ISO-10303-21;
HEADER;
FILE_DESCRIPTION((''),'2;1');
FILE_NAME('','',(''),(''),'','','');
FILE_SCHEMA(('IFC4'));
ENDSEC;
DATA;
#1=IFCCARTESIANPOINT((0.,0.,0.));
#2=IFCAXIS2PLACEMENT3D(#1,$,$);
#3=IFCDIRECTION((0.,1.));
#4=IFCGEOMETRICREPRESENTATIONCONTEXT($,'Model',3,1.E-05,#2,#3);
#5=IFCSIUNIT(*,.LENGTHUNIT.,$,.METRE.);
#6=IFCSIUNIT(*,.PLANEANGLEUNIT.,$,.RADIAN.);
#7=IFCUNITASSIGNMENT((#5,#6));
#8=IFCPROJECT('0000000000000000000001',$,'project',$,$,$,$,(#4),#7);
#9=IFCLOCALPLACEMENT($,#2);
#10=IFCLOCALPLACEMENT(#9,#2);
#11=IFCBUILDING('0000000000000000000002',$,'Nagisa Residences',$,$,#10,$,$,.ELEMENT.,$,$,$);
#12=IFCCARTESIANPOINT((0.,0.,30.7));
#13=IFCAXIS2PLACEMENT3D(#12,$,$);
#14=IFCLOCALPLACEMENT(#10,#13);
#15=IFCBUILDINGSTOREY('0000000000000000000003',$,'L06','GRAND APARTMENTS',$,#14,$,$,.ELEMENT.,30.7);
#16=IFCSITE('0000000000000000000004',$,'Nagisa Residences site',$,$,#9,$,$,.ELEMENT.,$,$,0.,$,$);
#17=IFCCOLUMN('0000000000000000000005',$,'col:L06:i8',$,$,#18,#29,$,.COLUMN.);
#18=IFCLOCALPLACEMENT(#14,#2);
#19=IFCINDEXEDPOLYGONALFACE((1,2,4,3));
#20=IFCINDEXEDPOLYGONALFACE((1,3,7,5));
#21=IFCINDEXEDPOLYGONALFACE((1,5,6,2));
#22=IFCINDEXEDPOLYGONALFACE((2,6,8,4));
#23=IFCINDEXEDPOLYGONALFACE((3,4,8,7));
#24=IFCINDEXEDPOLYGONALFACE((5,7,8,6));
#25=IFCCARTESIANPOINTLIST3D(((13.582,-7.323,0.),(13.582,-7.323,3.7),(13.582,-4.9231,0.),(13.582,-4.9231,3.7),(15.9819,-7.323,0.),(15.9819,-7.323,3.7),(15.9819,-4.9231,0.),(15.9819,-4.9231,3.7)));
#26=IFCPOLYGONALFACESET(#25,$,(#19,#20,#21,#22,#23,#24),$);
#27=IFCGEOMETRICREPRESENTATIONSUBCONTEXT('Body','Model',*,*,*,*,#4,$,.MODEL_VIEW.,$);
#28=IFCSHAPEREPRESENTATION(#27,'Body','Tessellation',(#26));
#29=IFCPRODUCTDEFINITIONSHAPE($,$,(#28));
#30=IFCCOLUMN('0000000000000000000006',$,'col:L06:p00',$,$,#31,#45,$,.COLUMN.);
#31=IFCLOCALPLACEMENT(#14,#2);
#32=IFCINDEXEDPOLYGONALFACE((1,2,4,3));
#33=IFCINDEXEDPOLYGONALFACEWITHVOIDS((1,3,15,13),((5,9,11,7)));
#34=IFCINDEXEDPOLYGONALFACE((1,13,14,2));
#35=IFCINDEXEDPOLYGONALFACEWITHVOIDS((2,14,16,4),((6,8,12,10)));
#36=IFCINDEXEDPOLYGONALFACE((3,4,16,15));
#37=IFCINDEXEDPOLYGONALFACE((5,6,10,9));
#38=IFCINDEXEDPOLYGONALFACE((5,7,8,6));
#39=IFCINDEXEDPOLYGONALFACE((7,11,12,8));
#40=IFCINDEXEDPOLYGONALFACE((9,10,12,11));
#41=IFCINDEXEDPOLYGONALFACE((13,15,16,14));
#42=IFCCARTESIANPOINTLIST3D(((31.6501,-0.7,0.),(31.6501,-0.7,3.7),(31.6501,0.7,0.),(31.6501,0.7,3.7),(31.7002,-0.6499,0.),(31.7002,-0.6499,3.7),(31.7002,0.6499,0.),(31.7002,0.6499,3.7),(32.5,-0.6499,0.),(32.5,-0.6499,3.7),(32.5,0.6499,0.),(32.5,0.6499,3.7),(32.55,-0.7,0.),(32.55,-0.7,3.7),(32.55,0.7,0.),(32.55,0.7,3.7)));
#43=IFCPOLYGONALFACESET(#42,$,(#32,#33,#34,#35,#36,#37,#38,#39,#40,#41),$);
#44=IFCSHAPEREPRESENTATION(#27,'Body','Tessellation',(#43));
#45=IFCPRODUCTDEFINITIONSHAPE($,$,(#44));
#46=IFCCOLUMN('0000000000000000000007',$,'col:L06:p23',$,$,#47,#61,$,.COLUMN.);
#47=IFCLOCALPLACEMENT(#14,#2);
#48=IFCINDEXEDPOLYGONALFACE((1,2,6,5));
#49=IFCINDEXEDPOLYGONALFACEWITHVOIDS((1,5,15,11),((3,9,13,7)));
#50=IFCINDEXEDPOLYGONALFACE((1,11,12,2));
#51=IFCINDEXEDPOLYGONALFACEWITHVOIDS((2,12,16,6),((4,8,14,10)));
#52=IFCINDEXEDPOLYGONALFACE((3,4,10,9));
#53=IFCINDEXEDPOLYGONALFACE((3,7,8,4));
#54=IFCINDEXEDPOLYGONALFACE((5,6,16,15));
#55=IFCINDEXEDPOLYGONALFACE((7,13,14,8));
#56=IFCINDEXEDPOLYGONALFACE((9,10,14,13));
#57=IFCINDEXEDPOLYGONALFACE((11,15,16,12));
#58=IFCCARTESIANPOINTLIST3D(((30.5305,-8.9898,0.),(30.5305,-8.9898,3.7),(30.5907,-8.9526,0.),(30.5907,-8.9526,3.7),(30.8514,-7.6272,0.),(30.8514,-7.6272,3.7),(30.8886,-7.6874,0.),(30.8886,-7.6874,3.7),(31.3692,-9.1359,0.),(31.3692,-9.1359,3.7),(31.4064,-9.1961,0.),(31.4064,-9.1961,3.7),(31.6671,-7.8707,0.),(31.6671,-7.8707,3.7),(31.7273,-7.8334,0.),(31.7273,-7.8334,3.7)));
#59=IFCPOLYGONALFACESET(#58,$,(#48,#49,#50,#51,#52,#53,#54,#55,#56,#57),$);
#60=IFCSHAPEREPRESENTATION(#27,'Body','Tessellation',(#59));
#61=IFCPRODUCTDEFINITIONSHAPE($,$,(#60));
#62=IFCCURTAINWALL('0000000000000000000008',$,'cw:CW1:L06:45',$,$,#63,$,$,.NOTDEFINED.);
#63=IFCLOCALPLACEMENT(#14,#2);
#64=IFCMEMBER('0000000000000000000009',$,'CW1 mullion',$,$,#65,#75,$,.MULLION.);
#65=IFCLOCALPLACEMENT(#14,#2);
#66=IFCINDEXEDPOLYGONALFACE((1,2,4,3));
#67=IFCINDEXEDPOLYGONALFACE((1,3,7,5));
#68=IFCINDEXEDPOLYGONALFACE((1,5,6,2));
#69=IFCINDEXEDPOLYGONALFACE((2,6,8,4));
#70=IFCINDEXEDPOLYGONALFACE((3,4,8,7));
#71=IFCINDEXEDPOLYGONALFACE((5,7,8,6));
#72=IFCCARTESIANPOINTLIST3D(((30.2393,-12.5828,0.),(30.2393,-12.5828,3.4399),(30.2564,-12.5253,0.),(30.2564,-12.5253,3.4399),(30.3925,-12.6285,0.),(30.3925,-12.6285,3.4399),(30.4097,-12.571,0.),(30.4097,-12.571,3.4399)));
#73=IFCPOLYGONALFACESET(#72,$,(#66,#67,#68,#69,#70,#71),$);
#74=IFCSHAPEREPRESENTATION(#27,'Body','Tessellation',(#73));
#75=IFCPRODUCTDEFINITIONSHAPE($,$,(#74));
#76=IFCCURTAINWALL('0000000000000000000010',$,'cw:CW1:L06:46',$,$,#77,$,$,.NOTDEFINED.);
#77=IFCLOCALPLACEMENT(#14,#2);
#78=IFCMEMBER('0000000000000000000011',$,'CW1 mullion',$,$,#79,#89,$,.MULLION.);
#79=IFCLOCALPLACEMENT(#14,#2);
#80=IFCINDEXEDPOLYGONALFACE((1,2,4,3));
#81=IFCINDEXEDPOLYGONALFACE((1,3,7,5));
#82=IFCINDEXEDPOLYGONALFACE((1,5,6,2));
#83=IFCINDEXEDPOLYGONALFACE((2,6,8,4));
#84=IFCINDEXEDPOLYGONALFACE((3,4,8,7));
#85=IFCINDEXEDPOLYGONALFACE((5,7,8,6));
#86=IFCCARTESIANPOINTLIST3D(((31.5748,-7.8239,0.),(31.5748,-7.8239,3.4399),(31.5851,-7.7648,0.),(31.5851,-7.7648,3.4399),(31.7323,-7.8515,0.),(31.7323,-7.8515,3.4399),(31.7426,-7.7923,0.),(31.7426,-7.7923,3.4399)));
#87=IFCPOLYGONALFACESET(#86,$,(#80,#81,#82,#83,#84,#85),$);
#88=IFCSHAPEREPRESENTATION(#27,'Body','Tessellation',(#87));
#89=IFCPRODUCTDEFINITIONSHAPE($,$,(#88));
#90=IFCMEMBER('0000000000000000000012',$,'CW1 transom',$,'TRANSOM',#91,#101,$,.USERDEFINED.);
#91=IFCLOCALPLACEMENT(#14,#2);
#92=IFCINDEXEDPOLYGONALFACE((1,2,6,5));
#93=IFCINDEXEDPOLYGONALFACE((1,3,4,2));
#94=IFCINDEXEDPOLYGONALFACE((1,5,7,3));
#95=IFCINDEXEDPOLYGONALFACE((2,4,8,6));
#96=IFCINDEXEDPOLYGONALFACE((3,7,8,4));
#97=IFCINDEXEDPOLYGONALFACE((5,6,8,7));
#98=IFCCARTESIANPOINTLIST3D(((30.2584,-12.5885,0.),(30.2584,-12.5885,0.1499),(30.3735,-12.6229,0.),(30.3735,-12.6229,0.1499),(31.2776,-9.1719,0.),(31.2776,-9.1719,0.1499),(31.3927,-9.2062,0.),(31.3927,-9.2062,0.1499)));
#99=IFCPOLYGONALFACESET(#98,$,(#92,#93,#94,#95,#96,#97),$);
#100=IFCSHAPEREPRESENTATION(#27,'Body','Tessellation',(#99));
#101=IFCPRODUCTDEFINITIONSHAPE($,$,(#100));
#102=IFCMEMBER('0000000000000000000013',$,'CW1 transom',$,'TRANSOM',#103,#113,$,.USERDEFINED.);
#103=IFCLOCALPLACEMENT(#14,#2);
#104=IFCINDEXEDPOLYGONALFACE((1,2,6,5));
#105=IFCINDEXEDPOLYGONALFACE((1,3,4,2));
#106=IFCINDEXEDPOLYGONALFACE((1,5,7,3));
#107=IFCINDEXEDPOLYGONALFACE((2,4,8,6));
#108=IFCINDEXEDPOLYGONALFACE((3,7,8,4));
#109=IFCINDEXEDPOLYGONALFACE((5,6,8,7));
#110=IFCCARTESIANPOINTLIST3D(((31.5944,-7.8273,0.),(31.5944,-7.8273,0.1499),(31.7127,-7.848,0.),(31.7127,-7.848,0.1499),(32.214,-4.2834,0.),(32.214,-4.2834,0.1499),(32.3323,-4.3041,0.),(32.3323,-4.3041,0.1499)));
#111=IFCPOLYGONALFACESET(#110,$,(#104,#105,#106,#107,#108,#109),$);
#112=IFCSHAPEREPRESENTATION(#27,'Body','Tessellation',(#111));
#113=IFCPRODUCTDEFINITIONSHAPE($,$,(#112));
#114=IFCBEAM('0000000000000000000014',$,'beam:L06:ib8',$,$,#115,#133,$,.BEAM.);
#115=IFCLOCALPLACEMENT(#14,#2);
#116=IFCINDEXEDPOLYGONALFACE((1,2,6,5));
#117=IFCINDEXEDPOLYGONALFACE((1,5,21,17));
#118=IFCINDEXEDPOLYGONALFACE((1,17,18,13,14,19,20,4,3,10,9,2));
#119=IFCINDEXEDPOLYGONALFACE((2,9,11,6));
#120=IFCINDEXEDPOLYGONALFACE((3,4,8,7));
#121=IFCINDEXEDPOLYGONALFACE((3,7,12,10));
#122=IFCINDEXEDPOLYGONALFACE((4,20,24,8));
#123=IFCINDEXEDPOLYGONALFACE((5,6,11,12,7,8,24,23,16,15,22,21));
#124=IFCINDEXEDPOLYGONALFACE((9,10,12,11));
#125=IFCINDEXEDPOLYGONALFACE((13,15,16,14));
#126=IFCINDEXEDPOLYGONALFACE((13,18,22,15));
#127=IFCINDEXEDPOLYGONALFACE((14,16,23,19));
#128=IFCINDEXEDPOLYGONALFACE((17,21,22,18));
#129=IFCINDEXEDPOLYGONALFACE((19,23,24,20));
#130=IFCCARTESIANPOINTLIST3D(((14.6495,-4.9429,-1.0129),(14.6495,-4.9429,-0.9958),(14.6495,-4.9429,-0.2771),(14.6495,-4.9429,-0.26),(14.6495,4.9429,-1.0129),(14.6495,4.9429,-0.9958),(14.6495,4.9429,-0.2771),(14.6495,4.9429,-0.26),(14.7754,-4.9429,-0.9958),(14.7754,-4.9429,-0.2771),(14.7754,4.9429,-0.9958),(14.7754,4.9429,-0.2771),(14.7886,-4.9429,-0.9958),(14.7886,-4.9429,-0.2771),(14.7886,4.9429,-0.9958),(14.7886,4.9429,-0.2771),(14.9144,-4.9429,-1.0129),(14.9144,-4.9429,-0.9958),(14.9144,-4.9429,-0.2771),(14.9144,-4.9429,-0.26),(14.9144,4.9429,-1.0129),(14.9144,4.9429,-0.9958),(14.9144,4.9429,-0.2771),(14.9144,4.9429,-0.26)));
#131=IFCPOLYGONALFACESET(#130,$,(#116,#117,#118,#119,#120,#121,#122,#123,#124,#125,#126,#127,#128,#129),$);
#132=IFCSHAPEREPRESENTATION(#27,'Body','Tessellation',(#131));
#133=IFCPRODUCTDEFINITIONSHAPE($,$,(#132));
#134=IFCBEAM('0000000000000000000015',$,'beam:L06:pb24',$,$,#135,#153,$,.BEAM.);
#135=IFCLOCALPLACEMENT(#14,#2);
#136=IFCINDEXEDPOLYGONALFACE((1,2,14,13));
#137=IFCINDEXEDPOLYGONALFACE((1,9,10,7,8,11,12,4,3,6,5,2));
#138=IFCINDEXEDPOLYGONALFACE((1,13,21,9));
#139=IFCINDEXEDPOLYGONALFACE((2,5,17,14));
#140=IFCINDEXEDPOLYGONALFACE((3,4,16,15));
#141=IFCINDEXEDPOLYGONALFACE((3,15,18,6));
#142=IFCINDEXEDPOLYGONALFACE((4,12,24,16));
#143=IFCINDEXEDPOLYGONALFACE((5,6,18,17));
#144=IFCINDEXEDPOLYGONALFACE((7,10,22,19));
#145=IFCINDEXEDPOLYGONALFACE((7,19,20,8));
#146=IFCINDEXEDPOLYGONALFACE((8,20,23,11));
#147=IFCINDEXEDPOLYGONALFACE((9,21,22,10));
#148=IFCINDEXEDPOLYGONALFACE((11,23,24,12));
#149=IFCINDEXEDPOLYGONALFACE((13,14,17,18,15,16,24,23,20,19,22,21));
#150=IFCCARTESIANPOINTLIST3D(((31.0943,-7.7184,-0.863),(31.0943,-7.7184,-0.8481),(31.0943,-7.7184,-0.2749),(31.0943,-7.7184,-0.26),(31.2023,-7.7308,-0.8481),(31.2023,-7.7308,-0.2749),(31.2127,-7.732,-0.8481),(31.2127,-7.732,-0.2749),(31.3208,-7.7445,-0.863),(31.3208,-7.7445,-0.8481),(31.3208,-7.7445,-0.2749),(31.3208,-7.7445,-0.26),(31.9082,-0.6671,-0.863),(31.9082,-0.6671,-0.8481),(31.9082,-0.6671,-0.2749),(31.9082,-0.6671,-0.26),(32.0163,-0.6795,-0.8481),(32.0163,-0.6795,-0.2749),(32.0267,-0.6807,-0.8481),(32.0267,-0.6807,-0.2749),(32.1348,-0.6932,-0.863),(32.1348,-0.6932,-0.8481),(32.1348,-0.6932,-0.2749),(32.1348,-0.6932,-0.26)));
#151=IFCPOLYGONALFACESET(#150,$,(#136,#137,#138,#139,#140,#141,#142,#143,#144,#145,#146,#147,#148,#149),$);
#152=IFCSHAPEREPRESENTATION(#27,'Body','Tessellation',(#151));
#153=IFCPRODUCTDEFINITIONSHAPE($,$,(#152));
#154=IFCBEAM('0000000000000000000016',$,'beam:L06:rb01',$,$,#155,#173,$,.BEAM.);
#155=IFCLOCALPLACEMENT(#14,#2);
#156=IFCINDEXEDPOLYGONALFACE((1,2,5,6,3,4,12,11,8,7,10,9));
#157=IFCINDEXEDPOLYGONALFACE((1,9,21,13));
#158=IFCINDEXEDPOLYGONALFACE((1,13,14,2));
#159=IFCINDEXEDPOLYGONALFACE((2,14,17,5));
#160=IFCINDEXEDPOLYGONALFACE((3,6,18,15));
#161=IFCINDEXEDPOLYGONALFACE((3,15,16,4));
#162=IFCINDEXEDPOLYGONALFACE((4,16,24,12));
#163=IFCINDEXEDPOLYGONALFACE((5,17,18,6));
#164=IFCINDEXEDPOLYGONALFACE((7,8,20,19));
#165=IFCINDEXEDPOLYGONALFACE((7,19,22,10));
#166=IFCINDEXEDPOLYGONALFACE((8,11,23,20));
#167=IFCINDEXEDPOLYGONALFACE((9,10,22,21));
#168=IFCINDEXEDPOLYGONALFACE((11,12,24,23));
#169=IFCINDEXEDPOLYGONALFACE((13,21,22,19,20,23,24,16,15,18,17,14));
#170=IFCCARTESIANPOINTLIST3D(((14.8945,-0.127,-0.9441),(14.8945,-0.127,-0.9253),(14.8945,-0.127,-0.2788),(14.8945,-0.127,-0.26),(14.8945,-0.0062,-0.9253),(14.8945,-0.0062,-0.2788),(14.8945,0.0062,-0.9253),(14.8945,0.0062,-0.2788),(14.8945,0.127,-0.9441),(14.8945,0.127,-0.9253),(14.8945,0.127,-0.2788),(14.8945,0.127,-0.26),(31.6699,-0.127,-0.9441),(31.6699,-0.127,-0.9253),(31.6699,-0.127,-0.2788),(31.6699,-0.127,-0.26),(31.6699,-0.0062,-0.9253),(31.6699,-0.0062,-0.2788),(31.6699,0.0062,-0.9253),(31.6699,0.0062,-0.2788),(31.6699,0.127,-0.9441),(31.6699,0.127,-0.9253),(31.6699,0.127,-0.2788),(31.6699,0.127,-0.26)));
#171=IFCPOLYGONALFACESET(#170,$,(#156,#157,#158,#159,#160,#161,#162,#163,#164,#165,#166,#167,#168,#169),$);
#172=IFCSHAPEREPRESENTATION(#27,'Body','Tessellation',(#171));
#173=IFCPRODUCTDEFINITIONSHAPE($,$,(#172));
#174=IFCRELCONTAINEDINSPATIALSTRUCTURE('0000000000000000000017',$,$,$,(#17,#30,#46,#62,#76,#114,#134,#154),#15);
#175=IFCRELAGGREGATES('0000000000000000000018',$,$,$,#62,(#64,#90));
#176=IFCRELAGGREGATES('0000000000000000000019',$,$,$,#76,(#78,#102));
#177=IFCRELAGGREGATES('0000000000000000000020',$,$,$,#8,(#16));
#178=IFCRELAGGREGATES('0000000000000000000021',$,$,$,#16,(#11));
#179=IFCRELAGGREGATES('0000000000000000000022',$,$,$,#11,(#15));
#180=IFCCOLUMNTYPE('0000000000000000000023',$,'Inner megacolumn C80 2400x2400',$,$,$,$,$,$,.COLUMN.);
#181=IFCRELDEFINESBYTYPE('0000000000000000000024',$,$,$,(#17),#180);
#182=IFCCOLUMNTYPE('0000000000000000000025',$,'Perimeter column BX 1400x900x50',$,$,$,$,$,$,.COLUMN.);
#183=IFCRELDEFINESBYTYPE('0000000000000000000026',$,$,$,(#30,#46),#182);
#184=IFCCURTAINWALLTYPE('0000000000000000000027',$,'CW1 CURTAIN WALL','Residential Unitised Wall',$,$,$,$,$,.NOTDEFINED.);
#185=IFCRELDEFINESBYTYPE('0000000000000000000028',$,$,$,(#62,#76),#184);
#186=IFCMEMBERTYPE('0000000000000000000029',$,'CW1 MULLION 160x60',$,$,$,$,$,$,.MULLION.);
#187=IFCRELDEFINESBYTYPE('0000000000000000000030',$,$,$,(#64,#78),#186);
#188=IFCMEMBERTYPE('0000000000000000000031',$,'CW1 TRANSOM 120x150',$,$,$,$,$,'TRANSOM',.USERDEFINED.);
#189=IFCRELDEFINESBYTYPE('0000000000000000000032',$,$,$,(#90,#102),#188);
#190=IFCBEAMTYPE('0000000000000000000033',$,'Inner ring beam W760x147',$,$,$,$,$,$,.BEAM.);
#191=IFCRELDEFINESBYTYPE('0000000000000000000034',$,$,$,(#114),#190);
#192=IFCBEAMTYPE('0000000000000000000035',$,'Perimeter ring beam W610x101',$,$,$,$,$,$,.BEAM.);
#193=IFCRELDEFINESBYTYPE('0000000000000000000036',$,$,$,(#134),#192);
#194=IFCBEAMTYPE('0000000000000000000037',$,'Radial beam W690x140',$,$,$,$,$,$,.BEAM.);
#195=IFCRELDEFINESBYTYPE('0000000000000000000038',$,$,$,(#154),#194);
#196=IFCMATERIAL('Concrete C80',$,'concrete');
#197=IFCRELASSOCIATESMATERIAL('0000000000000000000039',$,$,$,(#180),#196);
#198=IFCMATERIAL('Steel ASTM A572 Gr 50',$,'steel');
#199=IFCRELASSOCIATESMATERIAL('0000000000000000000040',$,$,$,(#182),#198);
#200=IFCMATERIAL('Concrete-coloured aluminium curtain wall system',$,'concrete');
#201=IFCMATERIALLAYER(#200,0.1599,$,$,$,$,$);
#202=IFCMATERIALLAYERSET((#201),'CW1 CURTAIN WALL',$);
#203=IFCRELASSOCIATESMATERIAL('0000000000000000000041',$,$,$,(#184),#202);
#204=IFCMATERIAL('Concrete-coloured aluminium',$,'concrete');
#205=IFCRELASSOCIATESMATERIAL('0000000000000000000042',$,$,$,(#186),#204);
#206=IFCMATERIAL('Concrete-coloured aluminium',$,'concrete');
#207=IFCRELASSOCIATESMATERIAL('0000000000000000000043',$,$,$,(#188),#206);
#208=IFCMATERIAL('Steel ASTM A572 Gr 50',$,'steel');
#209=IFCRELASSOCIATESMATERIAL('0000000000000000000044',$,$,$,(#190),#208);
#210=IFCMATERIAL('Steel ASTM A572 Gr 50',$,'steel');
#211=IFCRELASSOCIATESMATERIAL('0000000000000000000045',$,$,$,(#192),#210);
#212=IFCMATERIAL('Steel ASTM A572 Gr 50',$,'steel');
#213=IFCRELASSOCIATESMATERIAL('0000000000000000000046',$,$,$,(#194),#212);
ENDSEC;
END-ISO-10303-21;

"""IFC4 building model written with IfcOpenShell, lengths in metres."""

from ifc_helpers import new_model, si_unit, direction, frame, origin, origin_2d, place, context, subcontext, project, spatial, rectangle, hollow_rectangle, i_section, extrude, material, layer, layer_set, material_profile, profile_set, type_object, element, aggregate, save


model = new_model("IFC4")

# Units and contexts
model_context = context("Model", 3, precision=1e-05, world=origin(), true_north=direction((0.0, 1.0)))
body_context = subcontext(model_context, "Body", "Model", "MODEL_VIEW")
ifc_project = project(units=[si_unit("LENGTHUNIT", "METRE"), si_unit("PLANEANGLEUNIT", "RADIAN")], contexts=[model_context])

# Site, building, storey
site_placement = place(None, origin())
site = spatial("IfcSite", under=ifc_project, at=site_placement, Name="Nagisa Residences site", CompositionType="ELEMENT", RefElevation=0.0)
building_placement = place(site_placement, origin())
building = spatial("IfcBuilding", under=site, at=building_placement, Name="Nagisa Residences", CompositionType="ELEMENT")
storey_placement = place(building_placement, frame((0.0, 0.0, 30.7)))
storey = spatial("IfcBuildingStorey", under=building, at=storey_placement, Name="L06", Description="GRAND APARTMENTS", CompositionType="ELEMENT", Elevation=30.7)

# Columns
ifc_material_1 = material(Name="Concrete C80", Category="concrete")
ifc_material_profile_1 = material_profile(ifc_material_1, rectangle(XDim=2.3999, YDim=2.3999, at=origin_2d()), Name="C80 2400x2400")
ifc_profile_set_1 = profile_set([ifc_material_profile_1], Name="Concrete C80")
column_type_1 = type_object("IfcColumnType", Name="Inner megacolumn C80 2400x2400", PredefinedType="COLUMN", material=ifc_profile_set_1)
column_placement = place(storey_placement, frame((14.782, -6.123, 0.0), z_axis=(0.0, 0.0, 1.0), x_axis=(1.0, 0.0, 0.0)))
element("IfcColumn", 1, at=column_placement, inside=storey, type_object=column_type_1, Name="col:L06:i8", PredefinedType="COLUMN", context=body_context, shape_type="SweptSolid", body=[
    extrude(rectangle(XDim=2.3999, YDim=2.3999, at=origin_2d()), origin(), (0.0, 0.0, 1.0), 3.7),
])
ifc_material_2 = material(Name="Steel ASTM A572 Gr 50", Category="steel")
ifc_material_profile_2 = material_profile(ifc_material_2, hollow_rectangle(XDim=1.3999, YDim=0.8999, WallThickness=0.05, at=origin_2d()), Name="BX 1400x900x50")
ifc_profile_set_2 = profile_set([ifc_material_profile_2], Name="Steel ASTM A572 Gr 50")
column_type_2 = type_object("IfcColumnType", Name="Perimeter column BX 1400x900x50", PredefinedType="COLUMN", material=ifc_profile_set_2)
for number, where, z_axis, x_axis, name in (
    (2, (32.1001, 0.0, 0.0), (0.0, 0.0, 1.0), (0.0, 1.0, 0.0), "col:L06:p00"),
    (3, (31.1289, -8.4116, 0.0), (0.0, 0.0, 1.0), (0.229202, 0.973379, 0.0), "col:L06:p23"),
):
    element("IfcColumn", number, at=place(storey_placement, frame(where, z_axis=z_axis, x_axis=x_axis)), inside=storey, type_object=column_type_2, Name=name, PredefinedType="COLUMN", context=body_context, shape_type="SweptSolid", body=[
        extrude(hollow_rectangle(XDim=1.3999, YDim=0.8999, WallThickness=0.05, at=origin_2d()), origin(), (0.0, 0.0, 1.0), 3.7),
    ])

# Curtain walls, members
ifc_material_3 = material(Name="Concrete-coloured aluminium curtain wall system", Category="concrete")
ifc_layer_1 = layer(ifc_material_3, 0.1599)
ifc_layer_set_1 = layer_set([ifc_layer_1], Name="CW1 CURTAIN WALL")
curtain_wall_type = type_object("IfcCurtainWallType", Name="CW1 CURTAIN WALL", Description="Residential Unitised Wall", PredefinedType="NOTDEFINED", material=ifc_layer_set_1)
curtain_wall_1_placement = place(storey_placement, origin())
curtain_wall_1 = element("IfcCurtainWall", 4, at=curtain_wall_1_placement, inside=storey, type_object=curtain_wall_type, Name="cw:CW1:L06:45", PredefinedType="NOTDEFINED")
ifc_material_4 = material(Name="Concrete-coloured aluminium", Category="concrete")
ifc_material_profile_3 = material_profile(ifc_material_4, rectangle(XDim=0.1599, YDim=0.0601, at=origin_2d()), Name="CW1 MULLION 160x60")
ifc_profile_set_3 = profile_set([ifc_material_profile_3], Name="Concrete-coloured aluminium")
member_type_1 = type_object("IfcMemberType", Name="CW1 MULLION 160x60", PredefinedType="MULLION", material=ifc_profile_set_3)
member_1_placement = place(storey_placement, frame((30.3245, -12.5769, 0.0), z_axis=(0.0, 0.0, 1.0), x_axis=(-0.958271, 0.28586, 0.0)))
member_1 = element("IfcMember", 5, at=member_1_placement, type_object=member_type_1, Name="CW1 mullion", PredefinedType="MULLION", context=body_context, shape_type="SweptSolid", body=[
    extrude(rectangle(XDim=0.1599, YDim=0.0601, at=origin_2d()), origin(), (0.0, 0.0, 1.0), 3.4399),
])
curtain_wall_2_placement = place(storey_placement, origin())
curtain_wall_2 = element("IfcCurtainWall", 6, at=curtain_wall_2_placement, inside=storey, type_object=curtain_wall_type, Name="cw:CW1:L06:46", PredefinedType="NOTDEFINED")
member_2_placement = place(storey_placement, frame((31.6587, -7.8081, 0.0), z_axis=(0.0, 0.0, 1.0), x_axis=(-0.985064, 0.172191, 0.0)))
member_2 = element("IfcMember", 7, at=member_2_placement, type_object=member_type_1, Name="CW1 mullion", PredefinedType="MULLION", context=body_context, shape_type="SweptSolid", body=[
    extrude(rectangle(XDim=0.1599, YDim=0.0601, at=origin_2d()), origin(), (0.0, 0.0, 1.0), 3.4399),
])

# Members
ifc_material_5 = material(Name="Concrete-coloured aluminium", Category="concrete")
ifc_material_profile_4 = material_profile(ifc_material_5, rectangle(XDim=0.1201, YDim=0.1499, at=origin_2d()), Name="CW1 TRANSOM 120x150")
ifc_profile_set_4 = profile_set([ifc_material_profile_4], Name="Concrete-coloured aluminium")
member_type_2 = type_object("IfcMemberType", Name="CW1 TRANSOM 120x150", ElementType="TRANSOM", PredefinedType="USERDEFINED", material=ifc_profile_set_4)
member_3_placement = place(storey_placement, frame((30.3159, -12.6057, 0.075), z_axis=(0.285871, 0.958268, 0.0), x_axis=(-0.958268, 0.285871, 0.0)))
member_3 = element("IfcMember", 8, at=member_3_placement, type_object=member_type_2, Name="CW1 transom", ObjectType="TRANSOM", PredefinedType="USERDEFINED", context=body_context, shape_type="SweptSolid", body=[
    extrude(rectangle(XDim=0.1201, YDim=0.1499, at=origin_2d()), origin(), (0.0, 0.0, 1.0), 3.5654),
])
member_4_placement = place(storey_placement, frame((31.6536, -7.8376, 0.075), z_axis=(0.172229, 0.985057, 0.0), x_axis=(-0.985057, 0.172229, 0.0)))
member_4 = element("IfcMember", 9, at=member_4_placement, type_object=member_type_2, Name="CW1 transom", ObjectType="TRANSOM", PredefinedType="USERDEFINED", context=body_context, shape_type="SweptSolid", body=[
    extrude(rectangle(XDim=0.1201, YDim=0.1499, at=origin_2d()), origin(), (0.0, 0.0, 1.0), 3.5977),
])

# Beams
ifc_material_6 = material(Name="Steel ASTM A572 Gr 50", Category="steel")
ifc_material_profile_5 = material_profile(ifc_material_6, i_section(OverallWidth=0.2649, OverallDepth=0.7529, WebThickness=0.0132, FlangeThickness=0.0171, at=origin_2d()), Name="W760x147")
ifc_profile_set_5 = profile_set([ifc_material_profile_5], Name="Steel ASTM A572 Gr 50")
beam_type_1 = type_object("IfcBeamType", Name="Inner ring beam W760x147", PredefinedType="BEAM", material=ifc_profile_set_5)
beam_1_placement = place(storey_placement, frame((14.782, -4.9429, -0.6365), z_axis=(0.0, 1.0, 0.0), x_axis=(-1.0, 0.0, 0.0)))
element("IfcBeam", 10, at=beam_1_placement, inside=storey, type_object=beam_type_1, Name="beam:L06:ib8", PredefinedType="BEAM", context=body_context, shape_type="SweptSolid", body=[
    extrude(i_section(OverallWidth=0.2649, OverallDepth=0.7529, WebThickness=0.0132, FlangeThickness=0.0171, at=origin_2d()), origin(), (0.0, 0.0, 1.0), 9.8857),
])
ifc_material_7 = material(Name="Steel ASTM A572 Gr 50", Category="steel")
ifc_material_profile_6 = material_profile(ifc_material_7, i_section(OverallWidth=0.228, OverallDepth=0.603, WebThickness=0.0105, FlangeThickness=0.0149, at=origin_2d()), Name="W610x101")
ifc_profile_set_6 = profile_set([ifc_material_profile_6], Name="Steel ASTM A572 Gr 50")
beam_type_2 = type_object("IfcBeamType", Name="Perimeter ring beam W610x101", PredefinedType="BEAM", material=ifc_profile_set_6)
beam_2_placement = place(storey_placement, frame((31.2075, -7.7314, -0.5615), z_axis=(0.114674, 0.993403, 0.0), x_axis=(-0.993403, 0.114674, 0.0)))
element("IfcBeam", 11, at=beam_2_placement, inside=storey, type_object=beam_type_2, Name="beam:L06:pb24", PredefinedType="BEAM", context=body_context, shape_type="SweptSolid", body=[
    extrude(i_section(OverallWidth=0.228, OverallDepth=0.603, WebThickness=0.0105, FlangeThickness=0.0149, at=origin_2d()), origin(), (0.0, 0.0, 1.0), 7.0981),
])
ifc_material_8 = material(Name="Steel ASTM A572 Gr 50", Category="steel")
ifc_material_profile_7 = material_profile(ifc_material_8, i_section(OverallWidth=0.2539, OverallDepth=0.6841, WebThickness=0.0125, FlangeThickness=0.0188, at=origin_2d()), Name="W690x140")
ifc_profile_set_7 = profile_set([ifc_material_profile_7], Name="Steel ASTM A572 Gr 50")
beam_type_3 = type_object("IfcBeamType", Name="Radial beam W690x140", PredefinedType="BEAM", material=ifc_profile_set_7)
beam_3_placement = place(storey_placement, frame((31.6699, 0.0, -0.6021), z_axis=(-1.0, 0.0, 0.0), x_axis=(0.0, -1.0, 0.0)))
element("IfcBeam", 12, at=beam_3_placement, inside=storey, type_object=beam_type_3, Name="beam:L06:rb01", PredefinedType="BEAM", context=body_context, shape_type="SweptSolid", body=[
    extrude(i_section(OverallWidth=0.2539, OverallDepth=0.6841, WebThickness=0.0125, FlangeThickness=0.0188, at=origin_2d()), origin(), (0.0, 0.0, 1.0), 16.7754),
])

aggregate(curtain_wall_1, [member_1, member_3])
aggregate(curtain_wall_2, [member_2, member_4])

save(model, "model.ifc")
